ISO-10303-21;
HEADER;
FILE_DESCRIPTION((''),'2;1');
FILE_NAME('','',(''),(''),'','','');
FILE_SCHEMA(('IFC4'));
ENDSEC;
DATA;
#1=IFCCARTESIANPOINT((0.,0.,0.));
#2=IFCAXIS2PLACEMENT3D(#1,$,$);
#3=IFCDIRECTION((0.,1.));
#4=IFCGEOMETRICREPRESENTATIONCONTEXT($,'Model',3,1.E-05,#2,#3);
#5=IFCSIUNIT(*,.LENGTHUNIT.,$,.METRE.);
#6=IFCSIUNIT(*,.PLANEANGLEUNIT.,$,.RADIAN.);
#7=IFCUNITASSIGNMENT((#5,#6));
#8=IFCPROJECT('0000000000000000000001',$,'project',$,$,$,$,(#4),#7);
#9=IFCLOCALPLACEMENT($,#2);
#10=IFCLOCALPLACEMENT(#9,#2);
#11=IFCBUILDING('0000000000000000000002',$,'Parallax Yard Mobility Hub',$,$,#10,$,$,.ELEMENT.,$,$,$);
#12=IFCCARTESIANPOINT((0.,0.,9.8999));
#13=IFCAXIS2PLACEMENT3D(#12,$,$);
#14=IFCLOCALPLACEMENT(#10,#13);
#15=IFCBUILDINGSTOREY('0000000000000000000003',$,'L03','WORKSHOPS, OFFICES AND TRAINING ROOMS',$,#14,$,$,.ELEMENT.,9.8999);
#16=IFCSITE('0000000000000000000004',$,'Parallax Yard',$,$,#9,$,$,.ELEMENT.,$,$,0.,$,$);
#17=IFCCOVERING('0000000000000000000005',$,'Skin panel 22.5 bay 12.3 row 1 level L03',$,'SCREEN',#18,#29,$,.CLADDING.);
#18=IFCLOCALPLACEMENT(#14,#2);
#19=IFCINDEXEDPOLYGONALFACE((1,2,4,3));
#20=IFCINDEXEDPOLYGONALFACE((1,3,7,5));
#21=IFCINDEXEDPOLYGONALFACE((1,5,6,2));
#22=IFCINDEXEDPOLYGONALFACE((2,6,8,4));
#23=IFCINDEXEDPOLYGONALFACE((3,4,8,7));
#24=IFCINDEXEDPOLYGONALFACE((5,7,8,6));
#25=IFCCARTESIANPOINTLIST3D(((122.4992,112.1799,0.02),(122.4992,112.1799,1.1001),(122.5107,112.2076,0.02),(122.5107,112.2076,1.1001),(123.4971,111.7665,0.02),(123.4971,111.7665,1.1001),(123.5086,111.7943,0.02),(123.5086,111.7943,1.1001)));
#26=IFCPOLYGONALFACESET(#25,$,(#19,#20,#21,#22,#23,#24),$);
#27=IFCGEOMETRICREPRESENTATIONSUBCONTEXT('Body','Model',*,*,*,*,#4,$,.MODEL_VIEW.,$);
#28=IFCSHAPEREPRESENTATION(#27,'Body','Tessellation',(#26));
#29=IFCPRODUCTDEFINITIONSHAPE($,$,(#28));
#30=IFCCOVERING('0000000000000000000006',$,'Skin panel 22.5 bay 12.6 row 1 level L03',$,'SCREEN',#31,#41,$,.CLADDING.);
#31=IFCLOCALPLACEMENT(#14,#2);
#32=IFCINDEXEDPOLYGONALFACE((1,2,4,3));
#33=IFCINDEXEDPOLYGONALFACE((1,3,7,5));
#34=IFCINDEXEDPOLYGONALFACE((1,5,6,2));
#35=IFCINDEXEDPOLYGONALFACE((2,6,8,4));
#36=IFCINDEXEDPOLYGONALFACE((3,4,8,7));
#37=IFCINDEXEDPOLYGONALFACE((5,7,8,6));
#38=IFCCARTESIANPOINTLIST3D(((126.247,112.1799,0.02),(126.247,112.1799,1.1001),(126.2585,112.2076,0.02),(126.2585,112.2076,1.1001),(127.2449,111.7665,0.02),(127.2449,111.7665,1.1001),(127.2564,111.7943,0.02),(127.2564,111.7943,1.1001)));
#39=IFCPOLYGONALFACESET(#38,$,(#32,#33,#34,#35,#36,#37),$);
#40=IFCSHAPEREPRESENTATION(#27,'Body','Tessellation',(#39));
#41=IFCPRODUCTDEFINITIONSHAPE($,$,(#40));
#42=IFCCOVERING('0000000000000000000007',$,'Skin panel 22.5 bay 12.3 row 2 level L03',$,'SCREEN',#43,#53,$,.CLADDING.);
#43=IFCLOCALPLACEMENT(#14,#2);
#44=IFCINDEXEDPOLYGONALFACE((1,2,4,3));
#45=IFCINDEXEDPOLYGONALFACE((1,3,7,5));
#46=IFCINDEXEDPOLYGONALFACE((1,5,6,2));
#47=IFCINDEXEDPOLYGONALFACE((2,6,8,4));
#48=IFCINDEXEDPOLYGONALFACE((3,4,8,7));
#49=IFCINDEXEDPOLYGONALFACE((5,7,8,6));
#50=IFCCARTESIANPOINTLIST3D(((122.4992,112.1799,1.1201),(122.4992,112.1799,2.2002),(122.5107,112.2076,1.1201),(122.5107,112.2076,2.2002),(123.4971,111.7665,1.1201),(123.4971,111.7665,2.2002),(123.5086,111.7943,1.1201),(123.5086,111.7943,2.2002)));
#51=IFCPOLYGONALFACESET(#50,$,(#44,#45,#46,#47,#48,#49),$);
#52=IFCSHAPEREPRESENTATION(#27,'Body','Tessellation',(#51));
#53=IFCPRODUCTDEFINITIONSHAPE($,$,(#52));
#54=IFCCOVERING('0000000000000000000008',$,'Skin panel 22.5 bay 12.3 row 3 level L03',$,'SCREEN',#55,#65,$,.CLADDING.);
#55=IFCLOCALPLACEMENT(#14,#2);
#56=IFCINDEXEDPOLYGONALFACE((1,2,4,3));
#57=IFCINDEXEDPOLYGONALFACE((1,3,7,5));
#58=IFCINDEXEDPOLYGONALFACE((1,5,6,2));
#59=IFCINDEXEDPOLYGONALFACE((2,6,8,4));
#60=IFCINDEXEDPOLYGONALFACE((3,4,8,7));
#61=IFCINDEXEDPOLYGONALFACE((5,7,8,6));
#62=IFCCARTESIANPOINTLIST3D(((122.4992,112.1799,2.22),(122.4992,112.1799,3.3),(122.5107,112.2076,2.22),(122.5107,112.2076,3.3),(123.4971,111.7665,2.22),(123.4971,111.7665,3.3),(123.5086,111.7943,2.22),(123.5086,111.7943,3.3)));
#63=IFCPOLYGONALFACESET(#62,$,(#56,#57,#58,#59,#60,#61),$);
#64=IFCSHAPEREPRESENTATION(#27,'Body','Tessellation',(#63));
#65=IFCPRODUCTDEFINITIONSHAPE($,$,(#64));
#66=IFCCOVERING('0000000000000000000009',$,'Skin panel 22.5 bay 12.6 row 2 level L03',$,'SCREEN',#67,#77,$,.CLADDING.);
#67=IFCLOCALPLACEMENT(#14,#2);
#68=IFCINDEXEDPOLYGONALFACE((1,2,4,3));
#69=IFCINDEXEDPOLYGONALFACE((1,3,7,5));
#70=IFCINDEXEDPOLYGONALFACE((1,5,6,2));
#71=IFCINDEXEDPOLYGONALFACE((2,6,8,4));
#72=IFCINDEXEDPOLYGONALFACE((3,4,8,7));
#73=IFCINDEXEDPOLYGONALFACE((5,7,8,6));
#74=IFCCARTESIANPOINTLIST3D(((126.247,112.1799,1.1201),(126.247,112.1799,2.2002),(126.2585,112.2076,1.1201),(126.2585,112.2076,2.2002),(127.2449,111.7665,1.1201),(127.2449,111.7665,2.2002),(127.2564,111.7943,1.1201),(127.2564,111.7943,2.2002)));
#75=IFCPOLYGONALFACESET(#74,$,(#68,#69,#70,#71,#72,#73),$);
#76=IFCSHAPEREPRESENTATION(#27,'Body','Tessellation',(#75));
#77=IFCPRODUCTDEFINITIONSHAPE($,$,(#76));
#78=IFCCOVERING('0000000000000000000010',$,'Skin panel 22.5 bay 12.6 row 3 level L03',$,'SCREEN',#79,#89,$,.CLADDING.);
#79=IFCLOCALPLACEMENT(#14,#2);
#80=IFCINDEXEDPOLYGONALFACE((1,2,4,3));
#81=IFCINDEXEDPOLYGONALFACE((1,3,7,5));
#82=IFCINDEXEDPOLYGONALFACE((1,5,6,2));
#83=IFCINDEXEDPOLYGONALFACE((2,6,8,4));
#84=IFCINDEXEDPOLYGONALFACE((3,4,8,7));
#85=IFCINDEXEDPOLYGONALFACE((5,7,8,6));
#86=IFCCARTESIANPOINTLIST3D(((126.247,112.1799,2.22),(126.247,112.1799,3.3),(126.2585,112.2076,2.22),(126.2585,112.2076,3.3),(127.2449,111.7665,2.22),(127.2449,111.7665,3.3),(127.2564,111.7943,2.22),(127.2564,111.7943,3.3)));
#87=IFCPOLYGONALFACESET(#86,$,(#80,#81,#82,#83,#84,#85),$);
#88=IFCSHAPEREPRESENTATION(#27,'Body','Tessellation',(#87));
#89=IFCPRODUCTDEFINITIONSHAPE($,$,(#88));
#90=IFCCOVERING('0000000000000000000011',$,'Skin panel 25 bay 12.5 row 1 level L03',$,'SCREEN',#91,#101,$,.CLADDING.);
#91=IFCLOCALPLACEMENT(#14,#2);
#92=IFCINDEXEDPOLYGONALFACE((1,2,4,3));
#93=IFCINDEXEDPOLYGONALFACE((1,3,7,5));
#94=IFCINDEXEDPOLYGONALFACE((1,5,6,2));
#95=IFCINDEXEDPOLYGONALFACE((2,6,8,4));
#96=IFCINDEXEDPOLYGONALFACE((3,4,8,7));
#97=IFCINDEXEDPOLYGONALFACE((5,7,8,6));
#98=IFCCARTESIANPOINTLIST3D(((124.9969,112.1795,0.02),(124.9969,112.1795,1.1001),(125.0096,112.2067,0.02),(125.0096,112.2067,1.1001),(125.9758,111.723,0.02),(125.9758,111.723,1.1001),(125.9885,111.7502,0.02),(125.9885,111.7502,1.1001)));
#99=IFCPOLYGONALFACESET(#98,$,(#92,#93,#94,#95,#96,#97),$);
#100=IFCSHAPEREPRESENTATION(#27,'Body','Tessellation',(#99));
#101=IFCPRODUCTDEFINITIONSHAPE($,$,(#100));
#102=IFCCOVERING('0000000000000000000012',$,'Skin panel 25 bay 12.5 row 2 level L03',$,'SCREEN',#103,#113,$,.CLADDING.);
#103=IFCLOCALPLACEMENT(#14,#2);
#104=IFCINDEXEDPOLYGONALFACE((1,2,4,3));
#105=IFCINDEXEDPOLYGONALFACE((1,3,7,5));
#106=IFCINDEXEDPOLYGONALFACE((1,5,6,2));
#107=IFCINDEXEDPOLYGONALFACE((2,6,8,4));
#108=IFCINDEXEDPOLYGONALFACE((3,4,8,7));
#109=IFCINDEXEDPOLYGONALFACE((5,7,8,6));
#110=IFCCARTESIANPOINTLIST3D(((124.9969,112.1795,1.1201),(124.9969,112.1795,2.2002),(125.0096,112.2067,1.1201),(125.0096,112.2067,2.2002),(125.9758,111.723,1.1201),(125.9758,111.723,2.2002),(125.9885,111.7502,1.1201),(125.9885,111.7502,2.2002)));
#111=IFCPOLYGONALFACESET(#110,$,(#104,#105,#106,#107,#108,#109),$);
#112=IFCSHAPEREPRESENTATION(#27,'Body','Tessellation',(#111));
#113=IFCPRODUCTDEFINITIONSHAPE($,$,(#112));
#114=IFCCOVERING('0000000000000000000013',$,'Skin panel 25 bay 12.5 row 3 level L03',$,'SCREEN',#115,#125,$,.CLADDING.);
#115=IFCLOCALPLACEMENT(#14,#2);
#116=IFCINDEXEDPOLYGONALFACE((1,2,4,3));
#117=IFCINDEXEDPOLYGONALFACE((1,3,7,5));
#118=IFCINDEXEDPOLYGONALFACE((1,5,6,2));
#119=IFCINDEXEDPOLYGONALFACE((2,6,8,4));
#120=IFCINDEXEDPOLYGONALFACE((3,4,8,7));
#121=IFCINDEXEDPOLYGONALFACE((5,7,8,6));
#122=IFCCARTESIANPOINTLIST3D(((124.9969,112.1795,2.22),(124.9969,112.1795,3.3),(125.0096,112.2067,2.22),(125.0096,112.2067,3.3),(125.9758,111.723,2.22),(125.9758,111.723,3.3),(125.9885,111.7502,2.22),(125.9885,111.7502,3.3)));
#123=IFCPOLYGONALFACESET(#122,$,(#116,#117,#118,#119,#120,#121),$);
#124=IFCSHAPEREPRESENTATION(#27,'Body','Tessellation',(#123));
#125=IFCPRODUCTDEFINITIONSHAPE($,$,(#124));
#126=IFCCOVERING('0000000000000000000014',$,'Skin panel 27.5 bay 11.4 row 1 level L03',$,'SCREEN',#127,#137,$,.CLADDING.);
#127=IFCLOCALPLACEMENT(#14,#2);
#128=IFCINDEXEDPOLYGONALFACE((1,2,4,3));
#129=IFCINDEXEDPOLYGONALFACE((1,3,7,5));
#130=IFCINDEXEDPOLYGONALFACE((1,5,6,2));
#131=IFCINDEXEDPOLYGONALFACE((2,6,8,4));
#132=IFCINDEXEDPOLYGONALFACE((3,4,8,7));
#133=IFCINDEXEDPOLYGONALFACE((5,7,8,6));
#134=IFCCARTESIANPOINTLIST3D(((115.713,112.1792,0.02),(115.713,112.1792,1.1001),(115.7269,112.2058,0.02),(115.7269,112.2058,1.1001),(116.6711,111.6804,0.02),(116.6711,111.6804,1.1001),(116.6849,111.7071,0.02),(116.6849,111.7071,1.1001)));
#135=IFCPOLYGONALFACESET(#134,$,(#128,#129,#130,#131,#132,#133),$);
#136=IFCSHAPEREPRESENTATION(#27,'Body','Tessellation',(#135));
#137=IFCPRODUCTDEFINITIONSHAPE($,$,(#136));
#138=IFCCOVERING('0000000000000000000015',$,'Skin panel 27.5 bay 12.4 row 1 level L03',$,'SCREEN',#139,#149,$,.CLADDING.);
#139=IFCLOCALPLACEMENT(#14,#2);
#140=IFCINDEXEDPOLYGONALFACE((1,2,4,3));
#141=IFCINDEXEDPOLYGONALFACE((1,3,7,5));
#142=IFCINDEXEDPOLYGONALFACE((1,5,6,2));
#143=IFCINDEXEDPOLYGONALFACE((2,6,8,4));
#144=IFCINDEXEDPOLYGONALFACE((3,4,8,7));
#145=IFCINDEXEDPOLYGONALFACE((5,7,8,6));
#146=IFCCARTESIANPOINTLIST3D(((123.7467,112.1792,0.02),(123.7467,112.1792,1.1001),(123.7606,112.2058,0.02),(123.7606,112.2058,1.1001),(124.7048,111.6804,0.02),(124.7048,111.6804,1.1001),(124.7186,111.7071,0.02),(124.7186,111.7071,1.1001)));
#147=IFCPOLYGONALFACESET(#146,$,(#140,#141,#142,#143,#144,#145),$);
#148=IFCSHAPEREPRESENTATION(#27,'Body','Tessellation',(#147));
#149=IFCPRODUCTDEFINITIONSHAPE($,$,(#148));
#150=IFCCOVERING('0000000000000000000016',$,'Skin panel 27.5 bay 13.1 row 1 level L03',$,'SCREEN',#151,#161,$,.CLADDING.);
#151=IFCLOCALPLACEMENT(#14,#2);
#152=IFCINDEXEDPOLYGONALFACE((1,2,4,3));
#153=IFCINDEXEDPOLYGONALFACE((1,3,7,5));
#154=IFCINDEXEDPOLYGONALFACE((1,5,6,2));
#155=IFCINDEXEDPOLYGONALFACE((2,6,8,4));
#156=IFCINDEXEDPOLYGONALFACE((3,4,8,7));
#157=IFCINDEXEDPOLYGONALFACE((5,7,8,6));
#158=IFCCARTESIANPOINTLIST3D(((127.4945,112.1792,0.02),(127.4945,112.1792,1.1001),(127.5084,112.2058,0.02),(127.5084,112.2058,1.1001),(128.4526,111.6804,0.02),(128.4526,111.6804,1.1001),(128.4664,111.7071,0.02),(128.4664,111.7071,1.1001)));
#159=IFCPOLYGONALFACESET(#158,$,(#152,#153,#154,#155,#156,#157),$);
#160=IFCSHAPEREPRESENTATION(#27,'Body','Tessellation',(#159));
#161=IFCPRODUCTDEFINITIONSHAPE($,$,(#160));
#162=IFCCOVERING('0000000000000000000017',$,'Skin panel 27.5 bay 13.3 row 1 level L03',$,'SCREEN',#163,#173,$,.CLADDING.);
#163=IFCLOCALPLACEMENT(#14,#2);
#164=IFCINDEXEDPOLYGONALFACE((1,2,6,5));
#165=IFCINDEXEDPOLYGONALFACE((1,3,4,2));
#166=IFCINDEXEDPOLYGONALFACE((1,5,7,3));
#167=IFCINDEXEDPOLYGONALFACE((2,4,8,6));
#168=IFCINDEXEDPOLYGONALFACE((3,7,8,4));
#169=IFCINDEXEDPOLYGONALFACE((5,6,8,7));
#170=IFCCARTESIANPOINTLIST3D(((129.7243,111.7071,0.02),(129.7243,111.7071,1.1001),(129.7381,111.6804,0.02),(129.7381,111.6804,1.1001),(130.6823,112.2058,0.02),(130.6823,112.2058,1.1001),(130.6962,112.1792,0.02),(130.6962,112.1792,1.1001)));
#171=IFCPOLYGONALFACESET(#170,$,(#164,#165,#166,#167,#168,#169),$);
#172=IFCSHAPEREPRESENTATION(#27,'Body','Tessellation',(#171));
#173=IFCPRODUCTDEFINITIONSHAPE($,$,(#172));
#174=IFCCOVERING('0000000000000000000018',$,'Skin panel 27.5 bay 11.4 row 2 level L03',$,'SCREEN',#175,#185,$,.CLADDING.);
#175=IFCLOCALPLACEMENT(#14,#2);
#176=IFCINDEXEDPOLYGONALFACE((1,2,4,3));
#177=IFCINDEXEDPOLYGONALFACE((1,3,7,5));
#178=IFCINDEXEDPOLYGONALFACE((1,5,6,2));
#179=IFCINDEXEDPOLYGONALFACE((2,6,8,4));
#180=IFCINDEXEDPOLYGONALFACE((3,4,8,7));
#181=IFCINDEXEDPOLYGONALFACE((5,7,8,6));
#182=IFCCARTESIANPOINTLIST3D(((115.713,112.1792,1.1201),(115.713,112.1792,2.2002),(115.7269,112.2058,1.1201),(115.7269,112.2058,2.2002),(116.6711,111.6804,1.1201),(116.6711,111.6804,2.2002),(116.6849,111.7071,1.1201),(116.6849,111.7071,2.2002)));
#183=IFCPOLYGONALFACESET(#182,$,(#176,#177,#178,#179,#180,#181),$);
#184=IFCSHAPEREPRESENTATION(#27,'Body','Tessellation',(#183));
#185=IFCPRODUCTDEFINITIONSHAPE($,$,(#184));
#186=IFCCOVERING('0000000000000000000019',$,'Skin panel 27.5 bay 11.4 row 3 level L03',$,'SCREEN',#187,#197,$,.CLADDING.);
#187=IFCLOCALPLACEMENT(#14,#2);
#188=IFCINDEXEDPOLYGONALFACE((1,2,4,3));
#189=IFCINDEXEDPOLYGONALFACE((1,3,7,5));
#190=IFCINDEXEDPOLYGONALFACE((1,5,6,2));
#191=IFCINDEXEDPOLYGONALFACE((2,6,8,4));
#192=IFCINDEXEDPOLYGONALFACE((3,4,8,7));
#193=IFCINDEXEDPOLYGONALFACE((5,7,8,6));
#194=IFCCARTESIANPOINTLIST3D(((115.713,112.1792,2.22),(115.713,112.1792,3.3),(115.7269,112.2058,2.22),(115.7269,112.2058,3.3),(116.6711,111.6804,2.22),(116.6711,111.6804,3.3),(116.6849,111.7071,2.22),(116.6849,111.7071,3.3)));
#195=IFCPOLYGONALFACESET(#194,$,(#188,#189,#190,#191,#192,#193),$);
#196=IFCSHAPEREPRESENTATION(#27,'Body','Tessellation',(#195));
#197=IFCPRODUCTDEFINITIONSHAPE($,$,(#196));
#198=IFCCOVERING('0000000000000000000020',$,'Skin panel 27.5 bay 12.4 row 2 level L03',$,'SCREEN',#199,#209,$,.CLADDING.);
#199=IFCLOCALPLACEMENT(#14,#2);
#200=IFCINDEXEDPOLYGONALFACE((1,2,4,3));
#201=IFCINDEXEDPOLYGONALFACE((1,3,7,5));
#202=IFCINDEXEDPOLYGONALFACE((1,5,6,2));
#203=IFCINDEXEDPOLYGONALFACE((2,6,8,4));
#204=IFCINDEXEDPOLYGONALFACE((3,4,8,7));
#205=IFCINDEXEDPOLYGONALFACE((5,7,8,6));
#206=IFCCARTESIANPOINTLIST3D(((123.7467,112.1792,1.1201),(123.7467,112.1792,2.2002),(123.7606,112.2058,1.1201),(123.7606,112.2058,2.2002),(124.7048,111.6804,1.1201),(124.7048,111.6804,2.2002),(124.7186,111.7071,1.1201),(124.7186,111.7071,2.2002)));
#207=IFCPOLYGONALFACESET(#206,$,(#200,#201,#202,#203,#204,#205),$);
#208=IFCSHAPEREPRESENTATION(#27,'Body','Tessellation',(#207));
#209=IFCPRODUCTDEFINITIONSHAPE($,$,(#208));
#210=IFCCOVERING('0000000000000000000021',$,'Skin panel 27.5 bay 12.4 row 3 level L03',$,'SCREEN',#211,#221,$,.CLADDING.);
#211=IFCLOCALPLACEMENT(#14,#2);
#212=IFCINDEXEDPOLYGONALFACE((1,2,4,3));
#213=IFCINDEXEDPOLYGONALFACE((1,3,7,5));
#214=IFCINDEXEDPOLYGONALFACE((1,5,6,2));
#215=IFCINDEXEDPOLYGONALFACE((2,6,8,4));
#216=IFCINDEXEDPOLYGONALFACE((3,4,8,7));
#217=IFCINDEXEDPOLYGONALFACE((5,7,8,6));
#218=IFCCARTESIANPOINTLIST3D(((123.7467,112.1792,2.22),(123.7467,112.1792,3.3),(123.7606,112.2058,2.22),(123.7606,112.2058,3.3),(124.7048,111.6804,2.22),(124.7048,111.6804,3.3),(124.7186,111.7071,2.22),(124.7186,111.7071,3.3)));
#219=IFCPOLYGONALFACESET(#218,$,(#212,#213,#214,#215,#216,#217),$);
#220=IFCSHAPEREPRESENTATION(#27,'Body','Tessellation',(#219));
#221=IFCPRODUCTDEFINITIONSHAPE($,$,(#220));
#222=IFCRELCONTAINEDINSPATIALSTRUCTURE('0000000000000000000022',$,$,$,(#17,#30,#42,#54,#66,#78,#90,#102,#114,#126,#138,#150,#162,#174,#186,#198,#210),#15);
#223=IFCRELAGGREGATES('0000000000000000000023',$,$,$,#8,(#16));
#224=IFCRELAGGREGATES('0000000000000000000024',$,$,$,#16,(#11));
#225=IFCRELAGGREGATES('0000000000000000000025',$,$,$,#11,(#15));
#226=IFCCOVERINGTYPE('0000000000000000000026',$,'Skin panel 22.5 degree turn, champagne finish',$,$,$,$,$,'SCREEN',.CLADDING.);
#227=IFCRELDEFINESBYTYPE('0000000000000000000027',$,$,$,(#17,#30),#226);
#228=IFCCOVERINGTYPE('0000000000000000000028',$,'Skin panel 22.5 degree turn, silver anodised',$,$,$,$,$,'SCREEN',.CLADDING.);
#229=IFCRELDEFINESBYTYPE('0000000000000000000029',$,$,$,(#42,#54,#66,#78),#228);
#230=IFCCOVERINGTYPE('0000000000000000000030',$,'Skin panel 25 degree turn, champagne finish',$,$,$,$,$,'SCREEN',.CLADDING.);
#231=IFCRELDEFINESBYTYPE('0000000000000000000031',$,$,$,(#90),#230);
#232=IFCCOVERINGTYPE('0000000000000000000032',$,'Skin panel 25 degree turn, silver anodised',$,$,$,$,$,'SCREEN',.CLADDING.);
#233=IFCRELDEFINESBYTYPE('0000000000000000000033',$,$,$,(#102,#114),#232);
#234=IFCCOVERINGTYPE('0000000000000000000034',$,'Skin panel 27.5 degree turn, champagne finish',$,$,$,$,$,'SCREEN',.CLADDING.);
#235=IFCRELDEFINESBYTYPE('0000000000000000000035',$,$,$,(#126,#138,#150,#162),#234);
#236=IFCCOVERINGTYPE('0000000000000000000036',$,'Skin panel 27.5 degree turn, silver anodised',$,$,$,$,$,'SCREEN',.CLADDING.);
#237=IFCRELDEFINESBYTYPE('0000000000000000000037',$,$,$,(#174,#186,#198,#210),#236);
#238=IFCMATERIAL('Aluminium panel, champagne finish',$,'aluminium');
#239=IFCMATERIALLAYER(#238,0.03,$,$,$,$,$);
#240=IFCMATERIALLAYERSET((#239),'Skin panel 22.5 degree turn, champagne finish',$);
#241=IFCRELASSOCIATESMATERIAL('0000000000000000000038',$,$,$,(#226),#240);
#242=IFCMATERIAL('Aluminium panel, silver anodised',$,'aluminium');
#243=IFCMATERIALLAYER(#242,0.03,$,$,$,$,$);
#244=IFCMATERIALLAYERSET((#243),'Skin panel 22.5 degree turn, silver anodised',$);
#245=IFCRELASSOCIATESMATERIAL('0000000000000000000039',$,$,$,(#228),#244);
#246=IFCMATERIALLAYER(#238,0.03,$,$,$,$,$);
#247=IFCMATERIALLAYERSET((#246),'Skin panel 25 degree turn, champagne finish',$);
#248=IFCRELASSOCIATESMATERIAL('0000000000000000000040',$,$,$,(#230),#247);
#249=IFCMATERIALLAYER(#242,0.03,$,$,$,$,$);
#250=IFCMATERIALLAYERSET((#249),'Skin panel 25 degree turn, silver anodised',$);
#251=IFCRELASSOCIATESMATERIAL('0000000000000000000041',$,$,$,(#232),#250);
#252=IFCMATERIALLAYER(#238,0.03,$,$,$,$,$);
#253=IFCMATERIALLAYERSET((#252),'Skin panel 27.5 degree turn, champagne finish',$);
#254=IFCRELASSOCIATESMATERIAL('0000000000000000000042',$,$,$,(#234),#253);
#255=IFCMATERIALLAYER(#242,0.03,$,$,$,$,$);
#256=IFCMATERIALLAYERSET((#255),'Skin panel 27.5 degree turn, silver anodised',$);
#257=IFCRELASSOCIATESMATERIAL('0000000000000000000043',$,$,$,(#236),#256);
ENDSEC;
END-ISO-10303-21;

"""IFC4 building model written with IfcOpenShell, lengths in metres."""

from ifc_helpers import new_model, si_unit, direction, frame, origin, origin_2d, place, context, subcontext, project, spatial, rectangle, extrude, material, layer, layer_set, type_object, element, save


model = new_model("IFC4")

# Units and contexts
model_context = context("Model", 3, precision=1e-05, world=origin(), true_north=direction((0.0, 1.0)))
body_context = subcontext(model_context, "Body", "Model", "MODEL_VIEW")
ifc_project = project(units=[si_unit("LENGTHUNIT", "METRE"), si_unit("PLANEANGLEUNIT", "RADIAN")], contexts=[model_context])

# Site, building, storey
site_placement = place(None, origin())
site = spatial("IfcSite", under=ifc_project, at=site_placement, Name="Parallax Yard", CompositionType="ELEMENT", RefElevation=0.0)
building_placement = place(site_placement, origin())
building = spatial("IfcBuilding", under=site, at=building_placement, Name="Parallax Yard Mobility Hub", CompositionType="ELEMENT")
storey_placement = place(building_placement, frame((0.0, 0.0, 9.8999)))
storey = spatial("IfcBuildingStorey", under=building, at=storey_placement, Name="L03", Description="WORKSHOPS, OFFICES AND TRAINING ROOMS", CompositionType="ELEMENT", Elevation=9.8999)

# Coverings
ifc_material_1 = material(Name="Aluminium panel, champagne finish", Category="aluminium")
ifc_layer_1 = layer(ifc_material_1, 0.03)
ifc_layer_set_1 = layer_set([ifc_layer_1], Name="Skin panel 22.5 degree turn, champagne finish")
covering_type_1 = type_object("IfcCoveringType", Name="Skin panel 22.5 degree turn, champagne finish", ElementType="SCREEN", PredefinedType="CLADDING", material=ifc_layer_set_1)
for number, where, z_axis, x_axis, name in (
    (1, (123.0039, 111.9871, 0.02), (0.0, 0.0, 1.0), (0.92388, -0.382683, 0.0), "Skin panel 22.5 bay 12.3 row 1 level L03"),
    (2, (126.7517, 111.9871, 0.02), (0.0, 0.0, 1.0), (0.92388, -0.382683, 0.0), "Skin panel 22.5 bay 12.6 row 1 level L03"),
):
    element("IfcCovering", number, at=place(storey_placement, frame(where, z_axis=z_axis, x_axis=x_axis)), inside=storey, type_object=covering_type_1, Name=name, ObjectType="SCREEN", PredefinedType="CLADDING", context=body_context, shape_type="SweptSolid", body=[
        extrude(rectangle(XDim=1.0801, YDim=0.03, at=origin_2d()), origin(), (0.0, 0.0, 1.0), 1.0801),
    ])
ifc_material_2 = material(Name="Aluminium panel, silver anodised", Category="aluminium")
ifc_layer_2 = layer(ifc_material_2, 0.03)
ifc_layer_set_2 = layer_set([ifc_layer_2], Name="Skin panel 22.5 degree turn, silver anodised")
covering_type_2 = type_object("IfcCoveringType", Name="Skin panel 22.5 degree turn, silver anodised", ElementType="SCREEN", PredefinedType="CLADDING", material=ifc_layer_set_2)
for number, where, z_axis, x_axis, name in (
    (3, (123.0039, 111.9871, 1.1201), (0.0, 0.0, 1.0), (0.92388, -0.382683, 0.0), "Skin panel 22.5 bay 12.3 row 2 level L03"),
    (4, (123.0039, 111.9871, 2.22), (0.0, 0.0, 1.0), (0.92388, -0.382683, 0.0), "Skin panel 22.5 bay 12.3 row 3 level L03"),
    (5, (126.7517, 111.9871, 1.1201), (0.0, 0.0, 1.0), (0.92388, -0.382683, 0.0), "Skin panel 22.5 bay 12.6 row 2 level L03"),
    (6, (126.7517, 111.9871, 2.22), (0.0, 0.0, 1.0), (0.92388, -0.382683, 0.0), "Skin panel 22.5 bay 12.6 row 3 level L03"),
):
    element("IfcCovering", number, at=place(storey_placement, frame(where, z_axis=z_axis, x_axis=x_axis)), inside=storey, type_object=covering_type_2, Name=name, ObjectType="SCREEN", PredefinedType="CLADDING", context=body_context, shape_type="SweptSolid", body=[
        extrude(rectangle(XDim=1.0801, YDim=0.03, at=origin_2d()), origin(), (0.0, 0.0, 1.0), 1.0801),
    ])
ifc_layer_3 = layer(ifc_material_1, 0.03)
ifc_layer_set_3 = layer_set([ifc_layer_3], Name="Skin panel 25 degree turn, champagne finish")
covering_type_3 = type_object("IfcCoveringType", Name="Skin panel 25 degree turn, champagne finish", ElementType="SCREEN", PredefinedType="CLADDING", material=ifc_layer_set_3)
covering_placement = place(storey_placement, frame((125.4927, 111.9648, 0.02), z_axis=(0.0, 0.0, 1.0), x_axis=(0.906308, -0.422618, 0.0)))
element("IfcCovering", 7, at=covering_placement, inside=storey, type_object=covering_type_3, Name="Skin panel 25 bay 12.5 row 1 level L03", ObjectType="SCREEN", PredefinedType="CLADDING", context=body_context, shape_type="SweptSolid", body=[
    extrude(rectangle(XDim=1.0801, YDim=0.03, at=origin_2d()), origin(), (0.0, 0.0, 1.0), 1.0801),
])
ifc_layer_4 = layer(ifc_material_2, 0.03)
ifc_layer_set_4 = layer_set([ifc_layer_4], Name="Skin panel 25 degree turn, silver anodised")
covering_type_4 = type_object("IfcCoveringType", Name="Skin panel 25 degree turn, silver anodised", ElementType="SCREEN", PredefinedType="CLADDING", material=ifc_layer_set_4)
for number, where, z_axis, x_axis, name in (
    (8, (125.4927, 111.9648, 1.1201), (0.0, 0.0, 1.0), (0.906308, -0.422618, 0.0), "Skin panel 25 bay 12.5 row 2 level L03"),
    (9, (125.4927, 111.9648, 2.22), (0.0, 0.0, 1.0), (0.906308, -0.422618, 0.0), "Skin panel 25 bay 12.5 row 3 level L03"),
):
    element("IfcCovering", number, at=place(storey_placement, frame(where, z_axis=z_axis, x_axis=x_axis)), inside=storey, type_object=covering_type_4, Name=name, ObjectType="SCREEN", PredefinedType="CLADDING", context=body_context, shape_type="SweptSolid", body=[
        extrude(rectangle(XDim=1.0801, YDim=0.03, at=origin_2d()), origin(), (0.0, 0.0, 1.0), 1.0801),
    ])
ifc_layer_5 = layer(ifc_material_1, 0.03)
ifc_layer_set_5 = layer_set([ifc_layer_5], Name="Skin panel 27.5 degree turn, champagne finish")
covering_type_5 = type_object("IfcCoveringType", Name="Skin panel 27.5 degree turn, champagne finish", ElementType="SCREEN", PredefinedType="CLADDING", material=ifc_layer_set_5)
for number, where, z_axis, x_axis, name in (
    (10, (116.199, 111.9431, 0.02), (0.0, 0.0, 1.0), (0.887011, -0.461749, 0.0), "Skin panel 27.5 bay 11.4 row 1 level L03"),
    (11, (124.2327, 111.9431, 0.02), (0.0, 0.0, 1.0), (0.887011, -0.461749, 0.0), "Skin panel 27.5 bay 12.4 row 1 level L03"),
    (12, (127.9805, 111.9431, 0.02), (0.0, 0.0, 1.0), (0.887011, -0.461749, 0.0), "Skin panel 27.5 bay 13.1 row 1 level L03"),
    (13, (130.2102, 111.9431, 0.02), (0.0, 0.0, 1.0), (-0.887011, -0.461749, 0.0), "Skin panel 27.5 bay 13.3 row 1 level L03"),
):
    element("IfcCovering", number, at=place(storey_placement, frame(where, z_axis=z_axis, x_axis=x_axis)), inside=storey, type_object=covering_type_5, Name=name, ObjectType="SCREEN", PredefinedType="CLADDING", context=body_context, shape_type="SweptSolid", body=[
        extrude(rectangle(XDim=1.0801, YDim=0.03, at=origin_2d()), origin(), (0.0, 0.0, 1.0), 1.0801),
    ])
ifc_layer_6 = layer(ifc_material_2, 0.03)
ifc_layer_set_6 = layer_set([ifc_layer_6], Name="Skin panel 27.5 degree turn, silver anodised")
covering_type_6 = type_object("IfcCoveringType", Name="Skin panel 27.5 degree turn, silver anodised", ElementType="SCREEN", PredefinedType="CLADDING", material=ifc_layer_set_6)
for number, where, z_axis, x_axis, name in (
    (14, (116.199, 111.9431, 1.1201), (0.0, 0.0, 1.0), (0.887011, -0.461749, 0.0), "Skin panel 27.5 bay 11.4 row 2 level L03"),
    (15, (116.199, 111.9431, 2.22), (0.0, 0.0, 1.0), (0.887011, -0.461749, 0.0), "Skin panel 27.5 bay 11.4 row 3 level L03"),
    (16, (124.2327, 111.9431, 1.1201), (0.0, 0.0, 1.0), (0.887011, -0.461749, 0.0), "Skin panel 27.5 bay 12.4 row 2 level L03"),
    (17, (124.2327, 111.9431, 2.22), (0.0, 0.0, 1.0), (0.887011, -0.461749, 0.0), "Skin panel 27.5 bay 12.4 row 3 level L03"),
):
    element("IfcCovering", number, at=place(storey_placement, frame(where, z_axis=z_axis, x_axis=x_axis)), inside=storey, type_object=covering_type_6, Name=name, ObjectType="SCREEN", PredefinedType="CLADDING", context=body_context, shape_type="SweptSolid", body=[
        extrude(rectangle(XDim=1.0801, YDim=0.03, at=origin_2d()), origin(), (0.0, 0.0, 1.0), 1.0801),
    ])

save(model, "model.ifc")
